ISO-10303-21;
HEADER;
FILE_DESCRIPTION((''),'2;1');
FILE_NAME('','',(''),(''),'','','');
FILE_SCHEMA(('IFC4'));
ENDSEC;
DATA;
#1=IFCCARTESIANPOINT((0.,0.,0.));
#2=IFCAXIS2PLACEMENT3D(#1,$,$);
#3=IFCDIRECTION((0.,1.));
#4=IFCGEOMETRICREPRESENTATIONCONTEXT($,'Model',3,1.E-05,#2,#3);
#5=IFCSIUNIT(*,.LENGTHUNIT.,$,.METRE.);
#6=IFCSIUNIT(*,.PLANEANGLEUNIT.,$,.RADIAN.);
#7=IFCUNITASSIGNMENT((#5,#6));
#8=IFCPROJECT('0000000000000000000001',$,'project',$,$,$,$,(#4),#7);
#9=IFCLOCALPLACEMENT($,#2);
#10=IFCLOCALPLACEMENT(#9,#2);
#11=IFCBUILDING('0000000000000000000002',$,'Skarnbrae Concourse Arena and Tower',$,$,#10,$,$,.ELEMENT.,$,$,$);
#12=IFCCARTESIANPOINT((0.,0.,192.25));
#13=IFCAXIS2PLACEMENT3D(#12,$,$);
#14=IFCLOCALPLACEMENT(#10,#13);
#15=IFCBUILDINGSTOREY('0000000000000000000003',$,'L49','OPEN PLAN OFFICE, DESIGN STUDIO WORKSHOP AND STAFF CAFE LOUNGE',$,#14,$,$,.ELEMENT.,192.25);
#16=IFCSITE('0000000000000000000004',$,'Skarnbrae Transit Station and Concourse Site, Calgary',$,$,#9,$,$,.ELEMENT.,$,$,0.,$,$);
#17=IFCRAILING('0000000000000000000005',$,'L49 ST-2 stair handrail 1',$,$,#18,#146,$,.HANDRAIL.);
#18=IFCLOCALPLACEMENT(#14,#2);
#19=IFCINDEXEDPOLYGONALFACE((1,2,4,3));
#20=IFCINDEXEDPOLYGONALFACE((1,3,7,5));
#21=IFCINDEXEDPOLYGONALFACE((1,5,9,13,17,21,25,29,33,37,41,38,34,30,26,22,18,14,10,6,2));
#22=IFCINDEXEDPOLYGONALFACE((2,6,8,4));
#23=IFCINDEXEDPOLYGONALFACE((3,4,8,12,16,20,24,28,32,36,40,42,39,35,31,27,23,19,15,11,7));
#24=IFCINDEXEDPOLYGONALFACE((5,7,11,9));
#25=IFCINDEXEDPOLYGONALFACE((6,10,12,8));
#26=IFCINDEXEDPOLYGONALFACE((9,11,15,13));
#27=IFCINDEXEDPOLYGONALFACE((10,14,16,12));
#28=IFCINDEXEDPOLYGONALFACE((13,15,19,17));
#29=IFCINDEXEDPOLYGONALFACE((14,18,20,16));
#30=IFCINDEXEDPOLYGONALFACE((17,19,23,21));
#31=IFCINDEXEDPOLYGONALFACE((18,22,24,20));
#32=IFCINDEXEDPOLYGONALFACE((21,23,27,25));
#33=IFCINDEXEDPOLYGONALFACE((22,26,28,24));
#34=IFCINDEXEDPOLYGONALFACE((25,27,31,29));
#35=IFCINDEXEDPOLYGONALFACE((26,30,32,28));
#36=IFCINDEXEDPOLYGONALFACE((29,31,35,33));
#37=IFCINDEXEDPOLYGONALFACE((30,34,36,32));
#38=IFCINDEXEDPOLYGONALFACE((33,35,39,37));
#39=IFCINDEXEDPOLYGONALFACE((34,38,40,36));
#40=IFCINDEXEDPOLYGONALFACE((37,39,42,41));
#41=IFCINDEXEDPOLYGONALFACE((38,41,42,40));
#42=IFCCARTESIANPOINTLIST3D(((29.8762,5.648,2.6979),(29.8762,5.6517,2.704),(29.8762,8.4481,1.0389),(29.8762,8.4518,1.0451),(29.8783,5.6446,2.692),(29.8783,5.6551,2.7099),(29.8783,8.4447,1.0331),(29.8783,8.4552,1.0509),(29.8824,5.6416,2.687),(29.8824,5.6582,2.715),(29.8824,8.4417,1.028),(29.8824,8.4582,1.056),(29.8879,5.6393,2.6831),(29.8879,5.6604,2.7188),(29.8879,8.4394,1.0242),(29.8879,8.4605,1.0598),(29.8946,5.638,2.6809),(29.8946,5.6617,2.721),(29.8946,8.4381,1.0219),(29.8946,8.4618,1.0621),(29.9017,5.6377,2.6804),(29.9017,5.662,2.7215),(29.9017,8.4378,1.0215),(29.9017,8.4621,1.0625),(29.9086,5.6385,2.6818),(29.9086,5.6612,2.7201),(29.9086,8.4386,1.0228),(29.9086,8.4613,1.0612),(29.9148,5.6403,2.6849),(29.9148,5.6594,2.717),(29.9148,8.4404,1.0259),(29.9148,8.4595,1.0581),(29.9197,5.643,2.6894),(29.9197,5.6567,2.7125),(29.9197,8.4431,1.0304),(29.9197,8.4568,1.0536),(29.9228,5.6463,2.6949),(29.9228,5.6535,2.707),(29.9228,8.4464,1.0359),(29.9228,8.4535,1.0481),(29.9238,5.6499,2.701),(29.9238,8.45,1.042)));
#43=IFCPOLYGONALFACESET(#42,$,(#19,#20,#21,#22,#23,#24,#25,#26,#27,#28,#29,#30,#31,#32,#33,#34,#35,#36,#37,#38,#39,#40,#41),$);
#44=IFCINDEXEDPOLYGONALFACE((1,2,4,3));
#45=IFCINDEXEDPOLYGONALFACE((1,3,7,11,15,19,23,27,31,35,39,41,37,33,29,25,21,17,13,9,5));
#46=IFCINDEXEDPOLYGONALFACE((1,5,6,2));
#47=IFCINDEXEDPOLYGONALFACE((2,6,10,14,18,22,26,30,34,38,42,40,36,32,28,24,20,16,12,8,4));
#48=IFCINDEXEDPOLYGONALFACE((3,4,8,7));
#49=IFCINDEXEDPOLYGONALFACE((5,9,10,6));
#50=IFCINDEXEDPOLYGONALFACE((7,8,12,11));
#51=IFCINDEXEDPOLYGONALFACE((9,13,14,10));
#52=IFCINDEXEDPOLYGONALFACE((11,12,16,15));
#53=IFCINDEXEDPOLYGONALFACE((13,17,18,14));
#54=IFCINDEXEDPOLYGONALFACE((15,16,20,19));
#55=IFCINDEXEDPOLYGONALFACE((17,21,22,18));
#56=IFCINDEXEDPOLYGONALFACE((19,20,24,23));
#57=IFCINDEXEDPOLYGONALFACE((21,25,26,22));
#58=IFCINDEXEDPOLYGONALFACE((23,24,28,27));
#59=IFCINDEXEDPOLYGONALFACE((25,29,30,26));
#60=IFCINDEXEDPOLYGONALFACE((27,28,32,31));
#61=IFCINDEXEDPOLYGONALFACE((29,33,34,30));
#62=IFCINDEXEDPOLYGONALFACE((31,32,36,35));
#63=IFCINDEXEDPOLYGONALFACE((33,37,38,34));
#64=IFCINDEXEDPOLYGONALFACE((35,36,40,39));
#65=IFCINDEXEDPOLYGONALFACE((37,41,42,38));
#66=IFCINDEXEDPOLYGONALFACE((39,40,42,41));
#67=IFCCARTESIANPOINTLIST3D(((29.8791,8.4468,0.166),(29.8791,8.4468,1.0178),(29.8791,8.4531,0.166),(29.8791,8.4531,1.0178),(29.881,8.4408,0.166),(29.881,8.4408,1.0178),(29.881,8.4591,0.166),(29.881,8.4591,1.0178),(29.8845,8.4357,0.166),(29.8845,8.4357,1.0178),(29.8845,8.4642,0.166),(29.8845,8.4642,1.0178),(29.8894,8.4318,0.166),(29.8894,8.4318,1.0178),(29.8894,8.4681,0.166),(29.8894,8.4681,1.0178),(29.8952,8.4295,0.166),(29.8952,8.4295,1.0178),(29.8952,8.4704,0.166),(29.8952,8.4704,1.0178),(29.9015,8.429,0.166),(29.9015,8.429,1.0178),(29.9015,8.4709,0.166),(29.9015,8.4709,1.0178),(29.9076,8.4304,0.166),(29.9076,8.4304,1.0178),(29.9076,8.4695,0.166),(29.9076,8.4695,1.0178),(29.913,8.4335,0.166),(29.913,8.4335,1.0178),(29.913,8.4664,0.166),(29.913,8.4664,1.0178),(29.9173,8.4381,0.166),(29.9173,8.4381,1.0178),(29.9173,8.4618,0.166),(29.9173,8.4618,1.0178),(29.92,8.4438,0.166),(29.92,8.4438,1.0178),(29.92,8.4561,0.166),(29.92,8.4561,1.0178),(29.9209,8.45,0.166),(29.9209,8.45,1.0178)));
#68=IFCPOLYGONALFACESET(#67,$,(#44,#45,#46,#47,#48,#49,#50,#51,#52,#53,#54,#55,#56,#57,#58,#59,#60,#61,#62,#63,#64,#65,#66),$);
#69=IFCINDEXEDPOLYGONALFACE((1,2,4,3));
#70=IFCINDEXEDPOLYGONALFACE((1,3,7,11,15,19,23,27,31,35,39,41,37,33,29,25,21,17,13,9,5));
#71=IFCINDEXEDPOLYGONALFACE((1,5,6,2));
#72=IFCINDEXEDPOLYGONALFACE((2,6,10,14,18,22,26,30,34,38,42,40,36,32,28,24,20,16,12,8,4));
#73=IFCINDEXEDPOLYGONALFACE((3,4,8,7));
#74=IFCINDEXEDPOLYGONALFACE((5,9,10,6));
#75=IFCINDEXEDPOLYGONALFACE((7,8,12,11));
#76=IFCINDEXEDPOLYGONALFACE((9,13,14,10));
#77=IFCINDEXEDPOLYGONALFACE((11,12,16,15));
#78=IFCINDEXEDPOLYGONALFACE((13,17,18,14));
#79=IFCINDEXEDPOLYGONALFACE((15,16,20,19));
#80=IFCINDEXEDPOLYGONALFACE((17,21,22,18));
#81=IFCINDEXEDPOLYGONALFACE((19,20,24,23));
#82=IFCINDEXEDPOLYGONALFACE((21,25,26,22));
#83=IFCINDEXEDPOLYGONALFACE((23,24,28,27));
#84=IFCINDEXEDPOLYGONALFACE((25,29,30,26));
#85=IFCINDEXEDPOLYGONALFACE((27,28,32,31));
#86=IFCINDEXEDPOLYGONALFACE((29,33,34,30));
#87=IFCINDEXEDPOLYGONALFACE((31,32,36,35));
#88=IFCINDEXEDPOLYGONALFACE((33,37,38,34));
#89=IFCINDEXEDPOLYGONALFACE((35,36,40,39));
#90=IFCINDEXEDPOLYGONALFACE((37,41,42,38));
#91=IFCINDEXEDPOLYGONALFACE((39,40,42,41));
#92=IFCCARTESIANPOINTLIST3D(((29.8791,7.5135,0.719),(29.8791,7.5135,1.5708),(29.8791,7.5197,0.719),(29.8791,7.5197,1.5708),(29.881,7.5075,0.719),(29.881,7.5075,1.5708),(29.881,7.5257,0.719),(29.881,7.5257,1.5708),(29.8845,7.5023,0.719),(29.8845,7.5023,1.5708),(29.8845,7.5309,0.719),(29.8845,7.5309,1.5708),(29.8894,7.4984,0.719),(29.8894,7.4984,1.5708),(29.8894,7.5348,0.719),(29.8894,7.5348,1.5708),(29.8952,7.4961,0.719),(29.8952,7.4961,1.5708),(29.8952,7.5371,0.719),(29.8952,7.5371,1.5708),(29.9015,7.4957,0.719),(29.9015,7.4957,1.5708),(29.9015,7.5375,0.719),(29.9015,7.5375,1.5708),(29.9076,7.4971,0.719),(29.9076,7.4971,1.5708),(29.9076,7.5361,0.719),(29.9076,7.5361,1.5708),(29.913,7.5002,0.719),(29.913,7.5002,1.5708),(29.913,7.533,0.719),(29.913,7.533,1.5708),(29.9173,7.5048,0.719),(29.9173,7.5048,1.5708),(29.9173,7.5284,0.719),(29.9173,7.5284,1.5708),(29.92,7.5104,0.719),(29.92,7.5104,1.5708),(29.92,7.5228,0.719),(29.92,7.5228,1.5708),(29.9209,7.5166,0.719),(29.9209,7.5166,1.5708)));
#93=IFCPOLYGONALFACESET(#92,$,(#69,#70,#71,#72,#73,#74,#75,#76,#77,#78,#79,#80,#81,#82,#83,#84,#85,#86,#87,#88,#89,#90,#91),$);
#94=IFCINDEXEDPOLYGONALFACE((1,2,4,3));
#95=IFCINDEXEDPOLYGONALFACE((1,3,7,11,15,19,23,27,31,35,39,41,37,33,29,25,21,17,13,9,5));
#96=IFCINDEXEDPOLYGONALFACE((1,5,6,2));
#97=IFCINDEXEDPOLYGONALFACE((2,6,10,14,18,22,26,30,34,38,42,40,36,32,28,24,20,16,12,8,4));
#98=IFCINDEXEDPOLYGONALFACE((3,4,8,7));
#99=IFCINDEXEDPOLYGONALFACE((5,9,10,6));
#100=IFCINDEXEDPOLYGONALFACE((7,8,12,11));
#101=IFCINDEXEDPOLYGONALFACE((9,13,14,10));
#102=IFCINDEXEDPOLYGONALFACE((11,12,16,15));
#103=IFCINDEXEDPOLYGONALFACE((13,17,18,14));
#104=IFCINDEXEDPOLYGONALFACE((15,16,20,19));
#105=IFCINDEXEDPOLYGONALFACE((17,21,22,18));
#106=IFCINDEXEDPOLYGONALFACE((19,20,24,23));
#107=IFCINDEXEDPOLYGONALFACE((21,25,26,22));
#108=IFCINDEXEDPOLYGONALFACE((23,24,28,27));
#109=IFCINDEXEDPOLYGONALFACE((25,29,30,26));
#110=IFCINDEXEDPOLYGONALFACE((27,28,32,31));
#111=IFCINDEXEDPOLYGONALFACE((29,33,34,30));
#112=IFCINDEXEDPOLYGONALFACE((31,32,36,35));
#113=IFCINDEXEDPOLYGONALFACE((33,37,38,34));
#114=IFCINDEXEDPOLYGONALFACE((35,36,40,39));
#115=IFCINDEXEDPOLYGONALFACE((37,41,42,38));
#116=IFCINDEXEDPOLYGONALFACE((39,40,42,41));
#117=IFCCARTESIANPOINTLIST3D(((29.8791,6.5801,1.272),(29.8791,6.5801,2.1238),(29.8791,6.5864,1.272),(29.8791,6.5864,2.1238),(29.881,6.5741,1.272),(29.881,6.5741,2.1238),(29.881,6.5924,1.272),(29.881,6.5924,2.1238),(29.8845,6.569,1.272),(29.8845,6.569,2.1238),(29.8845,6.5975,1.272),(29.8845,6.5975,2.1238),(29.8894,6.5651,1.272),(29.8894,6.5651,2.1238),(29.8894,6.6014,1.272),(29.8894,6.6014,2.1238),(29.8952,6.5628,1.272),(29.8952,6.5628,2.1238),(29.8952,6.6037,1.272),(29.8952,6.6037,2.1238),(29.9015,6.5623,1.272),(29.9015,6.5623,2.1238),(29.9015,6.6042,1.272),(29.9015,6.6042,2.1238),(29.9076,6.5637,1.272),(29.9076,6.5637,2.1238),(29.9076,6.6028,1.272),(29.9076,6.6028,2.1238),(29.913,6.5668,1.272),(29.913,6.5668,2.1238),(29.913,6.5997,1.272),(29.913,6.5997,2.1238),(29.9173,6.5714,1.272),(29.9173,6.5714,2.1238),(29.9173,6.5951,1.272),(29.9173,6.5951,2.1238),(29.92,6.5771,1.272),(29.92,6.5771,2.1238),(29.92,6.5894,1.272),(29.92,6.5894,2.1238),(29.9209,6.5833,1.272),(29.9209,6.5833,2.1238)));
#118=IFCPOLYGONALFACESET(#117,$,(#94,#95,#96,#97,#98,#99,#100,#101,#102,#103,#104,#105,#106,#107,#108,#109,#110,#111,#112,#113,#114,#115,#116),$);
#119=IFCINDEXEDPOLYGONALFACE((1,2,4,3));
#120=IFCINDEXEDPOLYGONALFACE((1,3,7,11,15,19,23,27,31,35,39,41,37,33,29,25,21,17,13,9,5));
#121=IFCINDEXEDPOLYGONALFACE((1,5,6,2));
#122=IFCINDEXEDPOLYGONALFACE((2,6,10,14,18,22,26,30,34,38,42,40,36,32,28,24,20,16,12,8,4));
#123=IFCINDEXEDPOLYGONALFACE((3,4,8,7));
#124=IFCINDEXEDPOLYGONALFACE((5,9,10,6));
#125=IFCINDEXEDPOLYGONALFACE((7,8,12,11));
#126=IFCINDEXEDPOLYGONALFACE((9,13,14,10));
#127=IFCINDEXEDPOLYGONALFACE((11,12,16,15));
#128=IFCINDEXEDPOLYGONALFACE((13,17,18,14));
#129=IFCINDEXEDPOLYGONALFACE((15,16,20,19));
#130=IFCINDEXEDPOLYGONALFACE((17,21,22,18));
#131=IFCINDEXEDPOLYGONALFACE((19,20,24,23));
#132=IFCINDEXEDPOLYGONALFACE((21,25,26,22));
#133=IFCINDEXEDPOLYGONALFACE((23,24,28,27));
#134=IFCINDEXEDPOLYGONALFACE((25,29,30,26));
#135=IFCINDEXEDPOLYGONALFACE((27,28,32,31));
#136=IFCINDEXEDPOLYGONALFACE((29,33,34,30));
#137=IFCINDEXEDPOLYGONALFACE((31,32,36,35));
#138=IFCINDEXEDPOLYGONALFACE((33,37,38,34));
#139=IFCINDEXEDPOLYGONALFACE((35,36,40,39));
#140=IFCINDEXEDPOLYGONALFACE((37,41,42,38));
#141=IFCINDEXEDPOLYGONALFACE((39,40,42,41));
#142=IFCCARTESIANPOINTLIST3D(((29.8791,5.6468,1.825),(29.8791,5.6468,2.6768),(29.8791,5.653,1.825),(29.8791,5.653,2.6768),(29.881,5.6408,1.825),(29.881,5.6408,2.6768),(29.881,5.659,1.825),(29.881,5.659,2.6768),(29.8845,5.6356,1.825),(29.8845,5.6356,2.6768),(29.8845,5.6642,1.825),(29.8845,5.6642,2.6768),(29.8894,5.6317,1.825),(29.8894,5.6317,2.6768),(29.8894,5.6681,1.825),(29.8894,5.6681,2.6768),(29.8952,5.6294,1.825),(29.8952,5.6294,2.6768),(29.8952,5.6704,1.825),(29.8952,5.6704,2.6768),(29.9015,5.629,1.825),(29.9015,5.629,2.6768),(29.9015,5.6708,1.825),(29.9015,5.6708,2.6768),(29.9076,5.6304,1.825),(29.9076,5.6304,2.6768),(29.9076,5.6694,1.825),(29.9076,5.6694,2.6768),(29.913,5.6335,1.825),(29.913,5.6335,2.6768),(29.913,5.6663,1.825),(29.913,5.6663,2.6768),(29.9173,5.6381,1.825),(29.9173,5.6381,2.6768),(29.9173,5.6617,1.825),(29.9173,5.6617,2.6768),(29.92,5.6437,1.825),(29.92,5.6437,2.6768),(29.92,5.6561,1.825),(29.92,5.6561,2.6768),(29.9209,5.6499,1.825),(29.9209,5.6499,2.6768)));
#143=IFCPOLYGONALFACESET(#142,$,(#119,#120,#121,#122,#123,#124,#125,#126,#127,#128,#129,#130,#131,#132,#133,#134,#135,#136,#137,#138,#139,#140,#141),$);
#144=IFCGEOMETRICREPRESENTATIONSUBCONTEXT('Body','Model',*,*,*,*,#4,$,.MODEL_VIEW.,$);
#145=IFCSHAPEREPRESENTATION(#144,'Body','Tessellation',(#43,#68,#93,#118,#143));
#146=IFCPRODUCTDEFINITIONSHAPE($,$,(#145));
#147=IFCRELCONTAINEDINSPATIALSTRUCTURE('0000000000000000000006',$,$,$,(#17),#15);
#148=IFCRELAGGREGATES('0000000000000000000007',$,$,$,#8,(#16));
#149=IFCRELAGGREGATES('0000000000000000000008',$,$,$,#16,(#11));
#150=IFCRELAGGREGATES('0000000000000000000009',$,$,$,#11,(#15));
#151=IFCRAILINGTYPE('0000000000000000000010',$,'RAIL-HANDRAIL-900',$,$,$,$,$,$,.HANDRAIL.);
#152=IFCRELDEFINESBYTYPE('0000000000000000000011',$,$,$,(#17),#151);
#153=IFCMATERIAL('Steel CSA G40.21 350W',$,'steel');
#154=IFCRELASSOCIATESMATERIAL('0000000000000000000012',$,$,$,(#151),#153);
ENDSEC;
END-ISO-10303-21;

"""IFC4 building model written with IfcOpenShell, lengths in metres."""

from ifc_helpers import new_model, si_unit, direction, frame, origin, origin_2d, place, context, subcontext, project, spatial, circle, extrude, material, type_object, element, save


model = new_model("IFC4")

# Units and contexts
model_context = context("Model", 3, precision=1e-05, world=origin(), true_north=direction((0.0, 1.0)))
body_context = subcontext(model_context, "Body", "Model", "MODEL_VIEW")
ifc_project = project(units=[si_unit("LENGTHUNIT", "METRE"), si_unit("PLANEANGLEUNIT", "RADIAN")], contexts=[model_context])

# Site, building, storey
site_placement = place(None, origin())
site = spatial("IfcSite", under=ifc_project, at=site_placement, Name="Skarnbrae Transit Station and Concourse Site, Calgary", CompositionType="ELEMENT", RefElevation=0.0)
building_placement = place(site_placement, origin())
building = spatial("IfcBuilding", under=site, at=building_placement, Name="Skarnbrae Concourse Arena and Tower", CompositionType="ELEMENT")
storey_placement = place(building_placement, frame((0.0, 0.0, 192.25)))
storey = spatial("IfcBuildingStorey", under=building, at=storey_placement, Name="L49", Description="OPEN PLAN OFFICE, DESIGN STUDIO WORKSHOP AND STAFF CAFE LOUNGE", CompositionType="ELEMENT", Elevation=192.25)

# Shared definitions
ifc_material_1 = material(Name="Steel CSA G40.21 350W", Category="steel")

# Railing
railing_type_1 = type_object("IfcRailingType", Name="RAIL-HANDRAIL-900", PredefinedType="HANDRAIL", material=ifc_material_1)
railing_1_placement = place(storey_placement, frame((29.8999, 8.45, 0.166)))
element("IfcRailing", 1, at=railing_1_placement, inside=storey, type_object=railing_type_1, Name="L49 ST-2 stair handrail 1", PredefinedType="HANDRAIL", context=body_context, shape_type="SweptSolid", body=[
    extrude(circle(Radius=0.0239, at=origin_2d()), frame((0.0, 0.0, 0.876), z_axis=(0.0, -0.860339, 0.509722), x_axis=(1.0, 0.0, 0.0)), (0.0, 0.0, 1.0), 3.2546),
    extrude(circle(Radius=0.021, at=origin_2d()), origin(), (0.0, 0.0, 1.0), 0.8518),
    extrude(circle(Radius=0.021, at=origin_2d()), frame((0.0, -0.9333, 0.553)), (0.0, 0.0, 1.0), 0.8518),
    extrude(circle(Radius=0.021, at=origin_2d()), frame((0.0, -1.8667, 1.106)), (0.0, 0.0, 1.0), 0.8518),
    extrude(circle(Radius=0.021, at=origin_2d()), frame((0.0, -2.8, 1.6589)), (0.0, 0.0, 1.0), 0.8518),
])

save(model, "model.ifc")
